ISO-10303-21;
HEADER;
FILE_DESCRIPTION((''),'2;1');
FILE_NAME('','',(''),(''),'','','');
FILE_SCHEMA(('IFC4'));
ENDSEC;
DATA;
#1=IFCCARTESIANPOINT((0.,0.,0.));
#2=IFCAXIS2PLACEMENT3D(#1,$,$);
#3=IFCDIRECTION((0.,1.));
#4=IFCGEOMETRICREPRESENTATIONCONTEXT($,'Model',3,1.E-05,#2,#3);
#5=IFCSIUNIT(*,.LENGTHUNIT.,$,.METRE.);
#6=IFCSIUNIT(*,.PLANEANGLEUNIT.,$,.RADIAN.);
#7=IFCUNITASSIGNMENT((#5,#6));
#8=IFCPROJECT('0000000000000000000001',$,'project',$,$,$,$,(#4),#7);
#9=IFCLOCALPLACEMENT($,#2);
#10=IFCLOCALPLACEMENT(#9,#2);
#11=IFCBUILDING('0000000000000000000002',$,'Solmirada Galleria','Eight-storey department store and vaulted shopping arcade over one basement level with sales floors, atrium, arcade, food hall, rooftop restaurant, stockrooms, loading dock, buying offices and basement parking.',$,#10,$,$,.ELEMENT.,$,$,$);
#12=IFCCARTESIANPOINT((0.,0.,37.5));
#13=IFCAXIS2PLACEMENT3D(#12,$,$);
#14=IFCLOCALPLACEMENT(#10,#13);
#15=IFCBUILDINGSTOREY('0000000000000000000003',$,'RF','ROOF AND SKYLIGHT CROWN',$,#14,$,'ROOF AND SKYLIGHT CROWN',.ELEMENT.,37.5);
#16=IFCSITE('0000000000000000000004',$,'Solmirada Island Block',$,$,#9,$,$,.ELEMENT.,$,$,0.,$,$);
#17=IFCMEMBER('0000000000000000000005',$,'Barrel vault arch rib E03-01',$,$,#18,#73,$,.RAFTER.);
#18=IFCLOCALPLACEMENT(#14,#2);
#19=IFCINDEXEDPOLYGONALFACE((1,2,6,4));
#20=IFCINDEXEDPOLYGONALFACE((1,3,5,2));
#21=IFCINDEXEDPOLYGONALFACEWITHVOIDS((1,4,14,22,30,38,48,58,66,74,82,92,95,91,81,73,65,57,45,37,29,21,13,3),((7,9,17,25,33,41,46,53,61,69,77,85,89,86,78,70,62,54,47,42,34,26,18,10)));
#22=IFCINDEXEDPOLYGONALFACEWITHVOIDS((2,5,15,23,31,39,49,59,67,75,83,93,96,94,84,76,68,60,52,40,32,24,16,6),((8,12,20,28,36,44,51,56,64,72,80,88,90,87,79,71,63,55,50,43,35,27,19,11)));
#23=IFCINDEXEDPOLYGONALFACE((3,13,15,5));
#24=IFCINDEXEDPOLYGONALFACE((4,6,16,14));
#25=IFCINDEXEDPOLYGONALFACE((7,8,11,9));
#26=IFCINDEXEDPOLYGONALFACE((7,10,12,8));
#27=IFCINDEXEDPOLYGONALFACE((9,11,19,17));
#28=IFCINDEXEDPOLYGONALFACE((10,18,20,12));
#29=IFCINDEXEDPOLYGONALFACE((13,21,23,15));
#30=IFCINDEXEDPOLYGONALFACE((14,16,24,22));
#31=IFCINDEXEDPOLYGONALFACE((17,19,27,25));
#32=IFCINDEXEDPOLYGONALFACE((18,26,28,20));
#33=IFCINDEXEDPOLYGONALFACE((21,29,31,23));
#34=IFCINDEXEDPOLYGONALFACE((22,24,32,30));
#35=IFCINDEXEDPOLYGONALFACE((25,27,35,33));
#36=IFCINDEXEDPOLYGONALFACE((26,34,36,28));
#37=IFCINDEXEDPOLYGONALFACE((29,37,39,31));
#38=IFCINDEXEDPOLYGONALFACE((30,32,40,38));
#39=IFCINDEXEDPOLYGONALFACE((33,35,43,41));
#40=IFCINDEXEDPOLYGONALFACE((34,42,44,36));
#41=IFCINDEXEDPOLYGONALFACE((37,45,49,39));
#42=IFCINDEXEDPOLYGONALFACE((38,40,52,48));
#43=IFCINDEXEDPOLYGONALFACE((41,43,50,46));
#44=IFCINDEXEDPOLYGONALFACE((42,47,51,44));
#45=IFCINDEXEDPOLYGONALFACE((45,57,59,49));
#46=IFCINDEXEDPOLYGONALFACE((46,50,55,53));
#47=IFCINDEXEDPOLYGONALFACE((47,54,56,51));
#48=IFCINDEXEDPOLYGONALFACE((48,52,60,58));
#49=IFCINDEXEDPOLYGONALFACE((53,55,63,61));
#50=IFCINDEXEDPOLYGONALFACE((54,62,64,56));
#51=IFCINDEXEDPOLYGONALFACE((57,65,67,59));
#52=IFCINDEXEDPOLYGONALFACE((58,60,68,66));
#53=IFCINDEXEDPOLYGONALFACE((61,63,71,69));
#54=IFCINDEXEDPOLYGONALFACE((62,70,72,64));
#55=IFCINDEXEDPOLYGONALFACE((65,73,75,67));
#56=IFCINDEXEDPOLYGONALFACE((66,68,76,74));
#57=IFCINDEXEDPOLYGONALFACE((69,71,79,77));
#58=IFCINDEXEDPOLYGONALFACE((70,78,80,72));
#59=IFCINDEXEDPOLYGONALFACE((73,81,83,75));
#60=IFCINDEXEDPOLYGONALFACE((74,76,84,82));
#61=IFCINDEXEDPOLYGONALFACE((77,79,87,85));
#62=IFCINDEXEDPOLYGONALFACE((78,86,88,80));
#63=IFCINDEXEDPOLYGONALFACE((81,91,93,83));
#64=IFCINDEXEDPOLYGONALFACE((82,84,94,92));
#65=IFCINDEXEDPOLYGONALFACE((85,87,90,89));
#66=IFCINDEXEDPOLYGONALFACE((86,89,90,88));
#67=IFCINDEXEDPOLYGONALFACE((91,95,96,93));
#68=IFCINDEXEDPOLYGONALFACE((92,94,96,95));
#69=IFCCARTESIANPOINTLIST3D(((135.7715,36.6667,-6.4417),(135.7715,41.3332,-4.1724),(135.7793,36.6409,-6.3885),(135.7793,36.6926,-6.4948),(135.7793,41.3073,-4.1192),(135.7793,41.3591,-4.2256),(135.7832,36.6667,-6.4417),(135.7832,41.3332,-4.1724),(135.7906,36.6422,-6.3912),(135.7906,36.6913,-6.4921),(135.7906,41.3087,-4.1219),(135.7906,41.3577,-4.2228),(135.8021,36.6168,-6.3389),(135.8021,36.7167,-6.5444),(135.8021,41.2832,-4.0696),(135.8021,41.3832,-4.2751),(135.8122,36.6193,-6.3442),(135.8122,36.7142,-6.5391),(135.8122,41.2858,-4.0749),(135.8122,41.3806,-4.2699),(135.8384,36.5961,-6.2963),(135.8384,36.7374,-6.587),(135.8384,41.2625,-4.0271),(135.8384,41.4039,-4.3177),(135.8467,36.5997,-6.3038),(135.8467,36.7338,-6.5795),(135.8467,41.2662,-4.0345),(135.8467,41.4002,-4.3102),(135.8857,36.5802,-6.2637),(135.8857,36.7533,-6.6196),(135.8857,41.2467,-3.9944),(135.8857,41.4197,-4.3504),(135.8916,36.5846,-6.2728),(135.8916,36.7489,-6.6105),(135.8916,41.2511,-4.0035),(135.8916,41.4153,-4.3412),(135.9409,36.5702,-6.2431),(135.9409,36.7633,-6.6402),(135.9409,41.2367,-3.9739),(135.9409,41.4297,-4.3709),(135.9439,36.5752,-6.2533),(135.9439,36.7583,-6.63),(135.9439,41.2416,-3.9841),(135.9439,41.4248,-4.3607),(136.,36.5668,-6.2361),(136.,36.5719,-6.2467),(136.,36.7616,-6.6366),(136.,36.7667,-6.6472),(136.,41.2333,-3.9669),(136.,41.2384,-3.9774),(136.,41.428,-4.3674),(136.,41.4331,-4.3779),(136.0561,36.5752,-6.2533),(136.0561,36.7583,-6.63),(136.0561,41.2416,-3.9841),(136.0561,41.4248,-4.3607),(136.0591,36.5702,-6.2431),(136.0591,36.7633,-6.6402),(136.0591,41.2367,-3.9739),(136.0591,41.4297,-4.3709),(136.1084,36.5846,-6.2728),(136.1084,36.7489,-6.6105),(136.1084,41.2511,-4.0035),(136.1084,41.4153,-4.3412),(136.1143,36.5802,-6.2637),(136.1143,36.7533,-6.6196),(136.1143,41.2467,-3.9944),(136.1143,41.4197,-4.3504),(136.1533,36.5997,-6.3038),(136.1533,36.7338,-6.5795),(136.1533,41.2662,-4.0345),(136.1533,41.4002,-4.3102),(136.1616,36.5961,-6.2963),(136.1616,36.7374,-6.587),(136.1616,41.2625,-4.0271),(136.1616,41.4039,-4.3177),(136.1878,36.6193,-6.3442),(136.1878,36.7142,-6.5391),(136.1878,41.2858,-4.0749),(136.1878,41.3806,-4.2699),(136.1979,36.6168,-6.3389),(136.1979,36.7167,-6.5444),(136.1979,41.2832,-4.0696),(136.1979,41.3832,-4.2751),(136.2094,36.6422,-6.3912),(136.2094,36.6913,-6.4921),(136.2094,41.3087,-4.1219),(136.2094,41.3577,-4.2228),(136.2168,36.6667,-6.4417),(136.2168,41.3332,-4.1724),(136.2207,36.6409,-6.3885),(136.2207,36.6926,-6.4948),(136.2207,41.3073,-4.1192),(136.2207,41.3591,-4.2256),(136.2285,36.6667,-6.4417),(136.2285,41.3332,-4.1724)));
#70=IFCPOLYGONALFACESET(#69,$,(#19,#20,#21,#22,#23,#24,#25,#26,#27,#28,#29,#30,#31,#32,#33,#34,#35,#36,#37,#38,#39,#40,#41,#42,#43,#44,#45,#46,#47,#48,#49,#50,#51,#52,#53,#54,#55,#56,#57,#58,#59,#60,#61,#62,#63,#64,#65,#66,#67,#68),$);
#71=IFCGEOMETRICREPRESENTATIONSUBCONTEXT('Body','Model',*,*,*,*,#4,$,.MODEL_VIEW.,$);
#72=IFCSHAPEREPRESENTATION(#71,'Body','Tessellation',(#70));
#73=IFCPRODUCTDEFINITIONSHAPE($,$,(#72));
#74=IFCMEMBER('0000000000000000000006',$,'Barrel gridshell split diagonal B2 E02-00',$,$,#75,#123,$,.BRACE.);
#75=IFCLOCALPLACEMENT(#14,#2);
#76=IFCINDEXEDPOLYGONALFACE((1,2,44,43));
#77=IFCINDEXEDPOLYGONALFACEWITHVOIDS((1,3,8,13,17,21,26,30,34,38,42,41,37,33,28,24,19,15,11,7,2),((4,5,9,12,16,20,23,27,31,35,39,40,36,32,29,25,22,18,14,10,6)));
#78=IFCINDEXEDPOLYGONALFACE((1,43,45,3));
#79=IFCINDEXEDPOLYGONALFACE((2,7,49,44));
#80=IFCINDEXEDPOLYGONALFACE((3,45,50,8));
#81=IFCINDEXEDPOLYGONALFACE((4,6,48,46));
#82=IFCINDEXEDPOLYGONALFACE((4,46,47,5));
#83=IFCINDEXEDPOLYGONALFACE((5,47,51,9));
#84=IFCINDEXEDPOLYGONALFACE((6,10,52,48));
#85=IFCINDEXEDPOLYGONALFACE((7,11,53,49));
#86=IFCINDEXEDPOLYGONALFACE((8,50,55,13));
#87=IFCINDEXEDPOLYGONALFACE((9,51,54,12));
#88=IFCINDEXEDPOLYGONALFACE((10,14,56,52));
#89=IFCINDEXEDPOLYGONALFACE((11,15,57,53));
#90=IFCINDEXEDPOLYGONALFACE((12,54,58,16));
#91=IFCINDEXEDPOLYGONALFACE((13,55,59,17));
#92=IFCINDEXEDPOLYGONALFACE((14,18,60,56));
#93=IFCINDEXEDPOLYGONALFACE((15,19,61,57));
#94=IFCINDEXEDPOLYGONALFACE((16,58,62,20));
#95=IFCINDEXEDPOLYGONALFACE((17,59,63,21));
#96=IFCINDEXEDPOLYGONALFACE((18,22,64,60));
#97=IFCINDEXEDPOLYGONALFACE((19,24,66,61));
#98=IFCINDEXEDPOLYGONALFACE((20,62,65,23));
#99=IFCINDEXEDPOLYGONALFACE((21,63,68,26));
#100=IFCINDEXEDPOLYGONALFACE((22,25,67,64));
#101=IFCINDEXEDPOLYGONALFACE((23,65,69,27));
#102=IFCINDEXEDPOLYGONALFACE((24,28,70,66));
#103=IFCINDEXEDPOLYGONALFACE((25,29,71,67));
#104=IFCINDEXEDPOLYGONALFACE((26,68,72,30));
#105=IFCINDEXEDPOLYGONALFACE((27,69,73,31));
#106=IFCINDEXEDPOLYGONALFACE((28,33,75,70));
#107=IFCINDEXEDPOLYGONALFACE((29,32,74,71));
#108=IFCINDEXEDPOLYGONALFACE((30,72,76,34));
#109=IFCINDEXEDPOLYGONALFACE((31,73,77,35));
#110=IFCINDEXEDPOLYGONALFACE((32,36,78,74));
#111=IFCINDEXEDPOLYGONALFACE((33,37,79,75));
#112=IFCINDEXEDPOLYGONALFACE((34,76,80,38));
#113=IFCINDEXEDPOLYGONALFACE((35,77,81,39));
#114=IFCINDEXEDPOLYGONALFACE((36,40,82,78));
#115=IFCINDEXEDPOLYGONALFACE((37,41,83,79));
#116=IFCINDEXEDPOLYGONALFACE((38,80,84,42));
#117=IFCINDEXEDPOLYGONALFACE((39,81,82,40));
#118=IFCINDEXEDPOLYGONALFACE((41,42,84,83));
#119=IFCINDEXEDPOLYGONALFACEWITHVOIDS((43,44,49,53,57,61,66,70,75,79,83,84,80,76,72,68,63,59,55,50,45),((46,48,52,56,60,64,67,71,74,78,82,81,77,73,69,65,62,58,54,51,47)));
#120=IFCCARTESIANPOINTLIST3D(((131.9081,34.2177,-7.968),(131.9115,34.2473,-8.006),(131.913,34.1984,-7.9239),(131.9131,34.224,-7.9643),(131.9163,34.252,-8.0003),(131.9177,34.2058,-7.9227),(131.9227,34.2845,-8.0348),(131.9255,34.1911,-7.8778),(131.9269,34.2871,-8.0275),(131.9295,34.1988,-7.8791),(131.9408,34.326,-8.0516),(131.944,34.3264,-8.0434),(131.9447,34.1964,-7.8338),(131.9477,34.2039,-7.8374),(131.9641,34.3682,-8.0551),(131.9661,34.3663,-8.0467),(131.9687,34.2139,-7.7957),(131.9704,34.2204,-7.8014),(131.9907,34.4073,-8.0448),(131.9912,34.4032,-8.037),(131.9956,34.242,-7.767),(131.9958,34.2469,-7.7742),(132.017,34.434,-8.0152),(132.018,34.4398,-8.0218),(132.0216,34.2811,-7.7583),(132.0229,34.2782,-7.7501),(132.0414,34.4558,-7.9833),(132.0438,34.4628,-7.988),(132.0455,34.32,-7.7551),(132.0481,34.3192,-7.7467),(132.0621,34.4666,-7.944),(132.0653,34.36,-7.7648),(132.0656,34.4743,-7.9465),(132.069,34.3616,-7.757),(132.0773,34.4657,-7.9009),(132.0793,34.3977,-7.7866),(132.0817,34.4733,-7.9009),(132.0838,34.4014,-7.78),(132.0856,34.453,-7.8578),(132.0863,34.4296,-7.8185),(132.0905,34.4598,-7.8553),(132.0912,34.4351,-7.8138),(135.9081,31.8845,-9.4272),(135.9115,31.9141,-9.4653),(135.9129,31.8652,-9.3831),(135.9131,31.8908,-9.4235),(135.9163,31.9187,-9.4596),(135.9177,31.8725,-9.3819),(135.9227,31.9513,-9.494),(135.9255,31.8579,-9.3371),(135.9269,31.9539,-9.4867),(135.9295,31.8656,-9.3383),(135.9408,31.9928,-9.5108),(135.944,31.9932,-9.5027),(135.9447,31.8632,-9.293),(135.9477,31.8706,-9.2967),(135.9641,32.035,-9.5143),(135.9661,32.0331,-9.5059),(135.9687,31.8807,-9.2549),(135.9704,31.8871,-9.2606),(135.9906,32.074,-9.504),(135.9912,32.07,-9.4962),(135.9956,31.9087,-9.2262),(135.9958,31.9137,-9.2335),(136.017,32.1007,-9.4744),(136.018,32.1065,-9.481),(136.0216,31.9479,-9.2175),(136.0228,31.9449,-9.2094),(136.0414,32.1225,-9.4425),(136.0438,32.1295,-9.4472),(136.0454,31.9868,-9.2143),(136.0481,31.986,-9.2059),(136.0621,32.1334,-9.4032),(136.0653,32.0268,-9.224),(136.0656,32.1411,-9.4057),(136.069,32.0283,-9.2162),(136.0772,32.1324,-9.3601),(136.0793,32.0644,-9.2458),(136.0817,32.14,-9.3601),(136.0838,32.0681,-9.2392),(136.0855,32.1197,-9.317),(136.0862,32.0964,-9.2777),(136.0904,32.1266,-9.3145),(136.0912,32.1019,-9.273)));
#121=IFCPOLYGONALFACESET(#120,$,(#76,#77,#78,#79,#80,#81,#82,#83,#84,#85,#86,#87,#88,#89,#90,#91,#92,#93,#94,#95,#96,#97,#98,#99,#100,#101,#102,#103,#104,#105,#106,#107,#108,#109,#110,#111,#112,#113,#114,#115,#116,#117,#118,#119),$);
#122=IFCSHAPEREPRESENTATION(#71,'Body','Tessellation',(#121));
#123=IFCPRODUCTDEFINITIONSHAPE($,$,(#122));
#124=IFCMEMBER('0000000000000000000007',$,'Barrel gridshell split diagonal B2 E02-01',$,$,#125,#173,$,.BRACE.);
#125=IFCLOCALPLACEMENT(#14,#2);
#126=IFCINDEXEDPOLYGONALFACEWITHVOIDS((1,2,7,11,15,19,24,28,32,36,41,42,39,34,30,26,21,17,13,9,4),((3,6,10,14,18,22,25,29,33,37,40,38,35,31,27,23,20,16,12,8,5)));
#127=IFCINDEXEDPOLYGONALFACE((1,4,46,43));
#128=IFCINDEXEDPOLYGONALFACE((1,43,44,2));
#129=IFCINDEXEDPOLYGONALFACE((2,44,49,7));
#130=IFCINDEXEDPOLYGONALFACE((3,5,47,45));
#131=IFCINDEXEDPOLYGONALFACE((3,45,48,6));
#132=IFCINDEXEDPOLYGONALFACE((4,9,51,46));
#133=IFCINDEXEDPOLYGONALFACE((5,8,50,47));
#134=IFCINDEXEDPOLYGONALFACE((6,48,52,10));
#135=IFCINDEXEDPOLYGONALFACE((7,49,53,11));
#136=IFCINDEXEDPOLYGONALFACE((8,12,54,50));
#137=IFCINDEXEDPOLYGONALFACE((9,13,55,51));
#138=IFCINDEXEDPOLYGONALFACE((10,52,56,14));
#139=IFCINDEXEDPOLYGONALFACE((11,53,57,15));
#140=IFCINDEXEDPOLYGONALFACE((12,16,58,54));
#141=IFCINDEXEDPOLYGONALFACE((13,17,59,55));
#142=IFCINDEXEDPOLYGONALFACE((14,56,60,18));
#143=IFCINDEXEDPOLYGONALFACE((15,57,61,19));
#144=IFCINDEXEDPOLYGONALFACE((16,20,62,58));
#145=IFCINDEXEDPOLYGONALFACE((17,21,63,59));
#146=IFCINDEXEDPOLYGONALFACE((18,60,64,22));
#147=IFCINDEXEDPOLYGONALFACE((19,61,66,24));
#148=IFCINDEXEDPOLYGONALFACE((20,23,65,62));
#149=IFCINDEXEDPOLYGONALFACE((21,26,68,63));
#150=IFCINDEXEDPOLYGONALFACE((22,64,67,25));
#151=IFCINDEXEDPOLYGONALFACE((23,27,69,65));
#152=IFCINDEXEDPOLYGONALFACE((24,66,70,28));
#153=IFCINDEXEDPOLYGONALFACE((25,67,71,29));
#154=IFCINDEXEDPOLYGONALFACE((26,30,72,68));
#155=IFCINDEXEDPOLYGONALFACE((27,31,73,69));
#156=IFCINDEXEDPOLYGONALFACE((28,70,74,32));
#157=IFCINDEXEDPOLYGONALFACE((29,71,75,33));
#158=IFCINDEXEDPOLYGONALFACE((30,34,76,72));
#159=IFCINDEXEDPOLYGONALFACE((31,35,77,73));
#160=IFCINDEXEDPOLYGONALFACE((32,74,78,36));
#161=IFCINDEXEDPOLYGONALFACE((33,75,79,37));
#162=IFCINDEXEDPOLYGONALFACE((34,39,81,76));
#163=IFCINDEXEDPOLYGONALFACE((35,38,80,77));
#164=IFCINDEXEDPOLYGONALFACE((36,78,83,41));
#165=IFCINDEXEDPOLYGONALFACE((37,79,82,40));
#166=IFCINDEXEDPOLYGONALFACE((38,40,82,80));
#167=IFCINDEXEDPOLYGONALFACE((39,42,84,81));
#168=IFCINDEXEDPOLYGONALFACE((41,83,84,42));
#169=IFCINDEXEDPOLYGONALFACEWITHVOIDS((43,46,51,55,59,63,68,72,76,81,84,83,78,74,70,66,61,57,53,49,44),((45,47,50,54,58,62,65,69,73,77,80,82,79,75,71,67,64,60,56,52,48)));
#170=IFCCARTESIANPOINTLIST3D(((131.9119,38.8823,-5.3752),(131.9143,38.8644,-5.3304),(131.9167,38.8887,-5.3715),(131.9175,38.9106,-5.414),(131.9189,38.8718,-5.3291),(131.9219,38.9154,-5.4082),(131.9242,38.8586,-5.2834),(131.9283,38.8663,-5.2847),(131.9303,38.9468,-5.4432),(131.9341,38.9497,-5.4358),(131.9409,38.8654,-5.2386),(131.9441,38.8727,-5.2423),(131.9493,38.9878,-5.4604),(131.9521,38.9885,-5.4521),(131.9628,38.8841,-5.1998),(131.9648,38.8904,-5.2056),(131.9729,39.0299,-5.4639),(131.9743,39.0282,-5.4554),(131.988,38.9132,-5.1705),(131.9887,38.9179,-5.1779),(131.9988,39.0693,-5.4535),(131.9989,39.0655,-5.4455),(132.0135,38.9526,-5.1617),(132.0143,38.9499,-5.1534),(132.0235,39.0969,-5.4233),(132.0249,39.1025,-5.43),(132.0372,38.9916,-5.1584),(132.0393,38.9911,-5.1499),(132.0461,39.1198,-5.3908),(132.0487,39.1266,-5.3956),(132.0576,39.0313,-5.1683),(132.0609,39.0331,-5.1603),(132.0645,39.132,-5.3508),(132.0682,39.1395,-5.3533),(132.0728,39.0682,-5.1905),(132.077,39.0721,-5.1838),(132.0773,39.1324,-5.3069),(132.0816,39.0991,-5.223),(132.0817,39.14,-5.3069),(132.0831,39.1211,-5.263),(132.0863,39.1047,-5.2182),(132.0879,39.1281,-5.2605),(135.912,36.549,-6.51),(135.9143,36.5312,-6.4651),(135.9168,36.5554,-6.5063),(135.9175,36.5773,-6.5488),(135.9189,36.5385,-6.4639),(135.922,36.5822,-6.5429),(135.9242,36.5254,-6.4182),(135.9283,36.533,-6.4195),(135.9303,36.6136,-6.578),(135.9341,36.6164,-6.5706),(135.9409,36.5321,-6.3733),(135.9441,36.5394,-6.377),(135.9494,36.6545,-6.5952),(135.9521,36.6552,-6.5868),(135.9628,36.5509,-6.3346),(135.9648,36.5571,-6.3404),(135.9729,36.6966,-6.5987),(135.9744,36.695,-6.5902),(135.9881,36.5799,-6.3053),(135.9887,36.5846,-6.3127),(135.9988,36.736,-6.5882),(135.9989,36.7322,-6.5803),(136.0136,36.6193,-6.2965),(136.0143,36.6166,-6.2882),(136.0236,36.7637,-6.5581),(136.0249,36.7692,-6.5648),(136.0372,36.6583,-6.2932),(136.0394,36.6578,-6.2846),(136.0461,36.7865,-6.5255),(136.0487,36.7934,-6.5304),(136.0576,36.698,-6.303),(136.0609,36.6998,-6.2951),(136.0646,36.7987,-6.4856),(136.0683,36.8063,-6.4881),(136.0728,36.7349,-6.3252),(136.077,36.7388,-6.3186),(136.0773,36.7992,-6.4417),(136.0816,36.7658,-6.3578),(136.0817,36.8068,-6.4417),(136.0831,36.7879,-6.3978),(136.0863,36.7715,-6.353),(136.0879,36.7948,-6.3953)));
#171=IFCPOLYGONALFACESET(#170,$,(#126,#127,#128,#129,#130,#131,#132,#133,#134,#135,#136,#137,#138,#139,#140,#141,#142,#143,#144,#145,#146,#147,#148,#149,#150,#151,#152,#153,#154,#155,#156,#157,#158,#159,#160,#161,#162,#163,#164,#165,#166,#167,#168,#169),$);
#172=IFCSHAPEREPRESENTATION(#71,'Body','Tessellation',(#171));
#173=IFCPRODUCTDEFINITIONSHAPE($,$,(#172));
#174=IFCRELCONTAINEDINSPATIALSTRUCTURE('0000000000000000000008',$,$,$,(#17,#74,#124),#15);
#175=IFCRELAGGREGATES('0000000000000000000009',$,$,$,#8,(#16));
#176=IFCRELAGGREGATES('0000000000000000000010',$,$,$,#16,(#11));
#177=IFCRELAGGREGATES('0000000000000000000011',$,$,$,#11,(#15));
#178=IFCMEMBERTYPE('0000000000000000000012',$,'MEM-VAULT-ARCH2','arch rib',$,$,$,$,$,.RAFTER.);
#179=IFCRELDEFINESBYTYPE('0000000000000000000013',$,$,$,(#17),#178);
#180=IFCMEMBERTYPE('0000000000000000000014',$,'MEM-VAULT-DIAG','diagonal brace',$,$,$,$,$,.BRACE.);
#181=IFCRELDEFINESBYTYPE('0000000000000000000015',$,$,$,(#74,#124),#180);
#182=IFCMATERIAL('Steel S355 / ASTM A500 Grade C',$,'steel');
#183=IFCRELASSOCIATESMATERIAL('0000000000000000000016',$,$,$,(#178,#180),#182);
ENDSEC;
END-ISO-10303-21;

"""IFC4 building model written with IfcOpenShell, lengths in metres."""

from ifc_helpers import new_model, si_unit, direction, frame, origin, origin_2d, place, context, subcontext, project, spatial, hollow_circle, extrude, material, material_profile, profile_set, type_object, element, save


model = new_model("IFC4")

# Units and contexts
model_context = context("Model", 3, precision=1e-05, world=origin(), true_north=direction((0.0, 1.0)))
body_context = subcontext(model_context, "Body", "Model", "MODEL_VIEW")
ifc_project = project(units=[si_unit("LENGTHUNIT", "METRE"), si_unit("PLANEANGLEUNIT", "RADIAN")], contexts=[model_context])

# Site, building, storey
site_placement = place(None, origin())
site = spatial("IfcSite", under=ifc_project, at=site_placement, Name="Solmirada Island Block", CompositionType="ELEMENT", RefElevation=0.0)
building_placement = place(site_placement, origin())
building = spatial("IfcBuilding", under=site, at=building_placement, Name="Solmirada Galleria", Description="Eight-storey department store and vaulted shopping arcade over one basement level with sales floors, atrium, arcade, food hall, rooftop restaurant, stockrooms, loading dock, buying offices and basement parking.", CompositionType="ELEMENT")
storey_placement = place(building_placement, frame((0.0, 0.0, 37.5)))
storey = spatial("IfcBuildingStorey", under=building, at=storey_placement, Name="RF", Description="ROOF AND SKYLIGHT CROWN", LongName="ROOF AND SKYLIGHT CROWN", CompositionType="ELEMENT", Elevation=37.5)

# Members
ifc_material_1 = material(Name="Steel S355 / ASTM A500 Grade C", Category="steel")
ifc_material_profile_1 = material_profile(ifc_material_1, hollow_circle(Radius=0.2285, WallThickness=0.0117, at=origin_2d()), Name="HSS18.000X0.500")
ifc_profile_set_1 = profile_set([ifc_material_profile_1], Name="Steel S355 / ASTM A500 Grade C")
member_type_1 = type_object("IfcMemberType", Name="MEM-VAULT-ARCH2", Description="arch rib", PredefinedType="RAFTER", material=ifc_profile_set_1)
member_1_placement = place(storey_placement, frame((136.0, 36.6667, -6.4417), z_axis=(0.0, 0.899304, 0.437325), x_axis=(-1.0, 0.0, 0.0)))
element("IfcMember", 1, at=member_1_placement, inside=storey, type_object=member_type_1, Name="Barrel vault arch rib E03-01", PredefinedType="RAFTER", context=body_context, shape_type="SweptSolid", body=[
    extrude(hollow_circle(Radius=0.2285, WallThickness=0.0117, at=origin_2d()), origin(), (0.0, 0.0, 1.0), 5.189),
])
ifc_material_profile_2 = material_profile(ifc_material_1, hollow_circle(Radius=0.1621, WallThickness=0.0088, at=origin_2d()), Name="HSS12.750X0.375")
ifc_profile_set_2 = profile_set([ifc_material_profile_2], Name="Steel S355 / ASTM A500 Grade C")
member_type_2 = type_object("IfcMemberType", Name="MEM-VAULT-DIAG", Description="diagonal brace", PredefinedType="BRACE", material=ifc_profile_set_2)
member_2_placement = place(storey_placement, frame((132.0, 34.3333, -7.9009), z_axis=(0.823851, -0.480563, -0.300547), x_axis=(0.503858, 0.863787, 0.0)))
element("IfcMember", 2, at=member_2_placement, inside=storey, type_object=member_type_2, Name="Barrel gridshell split diagonal B2 E02-00", PredefinedType="BRACE", context=body_context, shape_type="SweptSolid", body=[
    extrude(hollow_circle(Radius=0.1621, WallThickness=0.0088, at=origin_2d()), origin(), (0.0, 0.0, 1.0), 4.8552),
])
member_3_placement = place(storey_placement, frame((132.0, 39.0, -5.3069), z_axis=(0.838964, -0.489379, -0.238007), x_axis=(0.503858, 0.863787, 0.0)))
element("IfcMember", 3, at=member_3_placement, inside=storey, type_object=member_type_2, Name="Barrel gridshell split diagonal B2 E02-01", PredefinedType="BRACE", context=body_context, shape_type="SweptSolid", body=[
    extrude(hollow_circle(Radius=0.1621, WallThickness=0.0088, at=origin_2d()), origin(), (0.0, 0.0, 1.0), 4.7678),
])

save(model, "model.ifc")
